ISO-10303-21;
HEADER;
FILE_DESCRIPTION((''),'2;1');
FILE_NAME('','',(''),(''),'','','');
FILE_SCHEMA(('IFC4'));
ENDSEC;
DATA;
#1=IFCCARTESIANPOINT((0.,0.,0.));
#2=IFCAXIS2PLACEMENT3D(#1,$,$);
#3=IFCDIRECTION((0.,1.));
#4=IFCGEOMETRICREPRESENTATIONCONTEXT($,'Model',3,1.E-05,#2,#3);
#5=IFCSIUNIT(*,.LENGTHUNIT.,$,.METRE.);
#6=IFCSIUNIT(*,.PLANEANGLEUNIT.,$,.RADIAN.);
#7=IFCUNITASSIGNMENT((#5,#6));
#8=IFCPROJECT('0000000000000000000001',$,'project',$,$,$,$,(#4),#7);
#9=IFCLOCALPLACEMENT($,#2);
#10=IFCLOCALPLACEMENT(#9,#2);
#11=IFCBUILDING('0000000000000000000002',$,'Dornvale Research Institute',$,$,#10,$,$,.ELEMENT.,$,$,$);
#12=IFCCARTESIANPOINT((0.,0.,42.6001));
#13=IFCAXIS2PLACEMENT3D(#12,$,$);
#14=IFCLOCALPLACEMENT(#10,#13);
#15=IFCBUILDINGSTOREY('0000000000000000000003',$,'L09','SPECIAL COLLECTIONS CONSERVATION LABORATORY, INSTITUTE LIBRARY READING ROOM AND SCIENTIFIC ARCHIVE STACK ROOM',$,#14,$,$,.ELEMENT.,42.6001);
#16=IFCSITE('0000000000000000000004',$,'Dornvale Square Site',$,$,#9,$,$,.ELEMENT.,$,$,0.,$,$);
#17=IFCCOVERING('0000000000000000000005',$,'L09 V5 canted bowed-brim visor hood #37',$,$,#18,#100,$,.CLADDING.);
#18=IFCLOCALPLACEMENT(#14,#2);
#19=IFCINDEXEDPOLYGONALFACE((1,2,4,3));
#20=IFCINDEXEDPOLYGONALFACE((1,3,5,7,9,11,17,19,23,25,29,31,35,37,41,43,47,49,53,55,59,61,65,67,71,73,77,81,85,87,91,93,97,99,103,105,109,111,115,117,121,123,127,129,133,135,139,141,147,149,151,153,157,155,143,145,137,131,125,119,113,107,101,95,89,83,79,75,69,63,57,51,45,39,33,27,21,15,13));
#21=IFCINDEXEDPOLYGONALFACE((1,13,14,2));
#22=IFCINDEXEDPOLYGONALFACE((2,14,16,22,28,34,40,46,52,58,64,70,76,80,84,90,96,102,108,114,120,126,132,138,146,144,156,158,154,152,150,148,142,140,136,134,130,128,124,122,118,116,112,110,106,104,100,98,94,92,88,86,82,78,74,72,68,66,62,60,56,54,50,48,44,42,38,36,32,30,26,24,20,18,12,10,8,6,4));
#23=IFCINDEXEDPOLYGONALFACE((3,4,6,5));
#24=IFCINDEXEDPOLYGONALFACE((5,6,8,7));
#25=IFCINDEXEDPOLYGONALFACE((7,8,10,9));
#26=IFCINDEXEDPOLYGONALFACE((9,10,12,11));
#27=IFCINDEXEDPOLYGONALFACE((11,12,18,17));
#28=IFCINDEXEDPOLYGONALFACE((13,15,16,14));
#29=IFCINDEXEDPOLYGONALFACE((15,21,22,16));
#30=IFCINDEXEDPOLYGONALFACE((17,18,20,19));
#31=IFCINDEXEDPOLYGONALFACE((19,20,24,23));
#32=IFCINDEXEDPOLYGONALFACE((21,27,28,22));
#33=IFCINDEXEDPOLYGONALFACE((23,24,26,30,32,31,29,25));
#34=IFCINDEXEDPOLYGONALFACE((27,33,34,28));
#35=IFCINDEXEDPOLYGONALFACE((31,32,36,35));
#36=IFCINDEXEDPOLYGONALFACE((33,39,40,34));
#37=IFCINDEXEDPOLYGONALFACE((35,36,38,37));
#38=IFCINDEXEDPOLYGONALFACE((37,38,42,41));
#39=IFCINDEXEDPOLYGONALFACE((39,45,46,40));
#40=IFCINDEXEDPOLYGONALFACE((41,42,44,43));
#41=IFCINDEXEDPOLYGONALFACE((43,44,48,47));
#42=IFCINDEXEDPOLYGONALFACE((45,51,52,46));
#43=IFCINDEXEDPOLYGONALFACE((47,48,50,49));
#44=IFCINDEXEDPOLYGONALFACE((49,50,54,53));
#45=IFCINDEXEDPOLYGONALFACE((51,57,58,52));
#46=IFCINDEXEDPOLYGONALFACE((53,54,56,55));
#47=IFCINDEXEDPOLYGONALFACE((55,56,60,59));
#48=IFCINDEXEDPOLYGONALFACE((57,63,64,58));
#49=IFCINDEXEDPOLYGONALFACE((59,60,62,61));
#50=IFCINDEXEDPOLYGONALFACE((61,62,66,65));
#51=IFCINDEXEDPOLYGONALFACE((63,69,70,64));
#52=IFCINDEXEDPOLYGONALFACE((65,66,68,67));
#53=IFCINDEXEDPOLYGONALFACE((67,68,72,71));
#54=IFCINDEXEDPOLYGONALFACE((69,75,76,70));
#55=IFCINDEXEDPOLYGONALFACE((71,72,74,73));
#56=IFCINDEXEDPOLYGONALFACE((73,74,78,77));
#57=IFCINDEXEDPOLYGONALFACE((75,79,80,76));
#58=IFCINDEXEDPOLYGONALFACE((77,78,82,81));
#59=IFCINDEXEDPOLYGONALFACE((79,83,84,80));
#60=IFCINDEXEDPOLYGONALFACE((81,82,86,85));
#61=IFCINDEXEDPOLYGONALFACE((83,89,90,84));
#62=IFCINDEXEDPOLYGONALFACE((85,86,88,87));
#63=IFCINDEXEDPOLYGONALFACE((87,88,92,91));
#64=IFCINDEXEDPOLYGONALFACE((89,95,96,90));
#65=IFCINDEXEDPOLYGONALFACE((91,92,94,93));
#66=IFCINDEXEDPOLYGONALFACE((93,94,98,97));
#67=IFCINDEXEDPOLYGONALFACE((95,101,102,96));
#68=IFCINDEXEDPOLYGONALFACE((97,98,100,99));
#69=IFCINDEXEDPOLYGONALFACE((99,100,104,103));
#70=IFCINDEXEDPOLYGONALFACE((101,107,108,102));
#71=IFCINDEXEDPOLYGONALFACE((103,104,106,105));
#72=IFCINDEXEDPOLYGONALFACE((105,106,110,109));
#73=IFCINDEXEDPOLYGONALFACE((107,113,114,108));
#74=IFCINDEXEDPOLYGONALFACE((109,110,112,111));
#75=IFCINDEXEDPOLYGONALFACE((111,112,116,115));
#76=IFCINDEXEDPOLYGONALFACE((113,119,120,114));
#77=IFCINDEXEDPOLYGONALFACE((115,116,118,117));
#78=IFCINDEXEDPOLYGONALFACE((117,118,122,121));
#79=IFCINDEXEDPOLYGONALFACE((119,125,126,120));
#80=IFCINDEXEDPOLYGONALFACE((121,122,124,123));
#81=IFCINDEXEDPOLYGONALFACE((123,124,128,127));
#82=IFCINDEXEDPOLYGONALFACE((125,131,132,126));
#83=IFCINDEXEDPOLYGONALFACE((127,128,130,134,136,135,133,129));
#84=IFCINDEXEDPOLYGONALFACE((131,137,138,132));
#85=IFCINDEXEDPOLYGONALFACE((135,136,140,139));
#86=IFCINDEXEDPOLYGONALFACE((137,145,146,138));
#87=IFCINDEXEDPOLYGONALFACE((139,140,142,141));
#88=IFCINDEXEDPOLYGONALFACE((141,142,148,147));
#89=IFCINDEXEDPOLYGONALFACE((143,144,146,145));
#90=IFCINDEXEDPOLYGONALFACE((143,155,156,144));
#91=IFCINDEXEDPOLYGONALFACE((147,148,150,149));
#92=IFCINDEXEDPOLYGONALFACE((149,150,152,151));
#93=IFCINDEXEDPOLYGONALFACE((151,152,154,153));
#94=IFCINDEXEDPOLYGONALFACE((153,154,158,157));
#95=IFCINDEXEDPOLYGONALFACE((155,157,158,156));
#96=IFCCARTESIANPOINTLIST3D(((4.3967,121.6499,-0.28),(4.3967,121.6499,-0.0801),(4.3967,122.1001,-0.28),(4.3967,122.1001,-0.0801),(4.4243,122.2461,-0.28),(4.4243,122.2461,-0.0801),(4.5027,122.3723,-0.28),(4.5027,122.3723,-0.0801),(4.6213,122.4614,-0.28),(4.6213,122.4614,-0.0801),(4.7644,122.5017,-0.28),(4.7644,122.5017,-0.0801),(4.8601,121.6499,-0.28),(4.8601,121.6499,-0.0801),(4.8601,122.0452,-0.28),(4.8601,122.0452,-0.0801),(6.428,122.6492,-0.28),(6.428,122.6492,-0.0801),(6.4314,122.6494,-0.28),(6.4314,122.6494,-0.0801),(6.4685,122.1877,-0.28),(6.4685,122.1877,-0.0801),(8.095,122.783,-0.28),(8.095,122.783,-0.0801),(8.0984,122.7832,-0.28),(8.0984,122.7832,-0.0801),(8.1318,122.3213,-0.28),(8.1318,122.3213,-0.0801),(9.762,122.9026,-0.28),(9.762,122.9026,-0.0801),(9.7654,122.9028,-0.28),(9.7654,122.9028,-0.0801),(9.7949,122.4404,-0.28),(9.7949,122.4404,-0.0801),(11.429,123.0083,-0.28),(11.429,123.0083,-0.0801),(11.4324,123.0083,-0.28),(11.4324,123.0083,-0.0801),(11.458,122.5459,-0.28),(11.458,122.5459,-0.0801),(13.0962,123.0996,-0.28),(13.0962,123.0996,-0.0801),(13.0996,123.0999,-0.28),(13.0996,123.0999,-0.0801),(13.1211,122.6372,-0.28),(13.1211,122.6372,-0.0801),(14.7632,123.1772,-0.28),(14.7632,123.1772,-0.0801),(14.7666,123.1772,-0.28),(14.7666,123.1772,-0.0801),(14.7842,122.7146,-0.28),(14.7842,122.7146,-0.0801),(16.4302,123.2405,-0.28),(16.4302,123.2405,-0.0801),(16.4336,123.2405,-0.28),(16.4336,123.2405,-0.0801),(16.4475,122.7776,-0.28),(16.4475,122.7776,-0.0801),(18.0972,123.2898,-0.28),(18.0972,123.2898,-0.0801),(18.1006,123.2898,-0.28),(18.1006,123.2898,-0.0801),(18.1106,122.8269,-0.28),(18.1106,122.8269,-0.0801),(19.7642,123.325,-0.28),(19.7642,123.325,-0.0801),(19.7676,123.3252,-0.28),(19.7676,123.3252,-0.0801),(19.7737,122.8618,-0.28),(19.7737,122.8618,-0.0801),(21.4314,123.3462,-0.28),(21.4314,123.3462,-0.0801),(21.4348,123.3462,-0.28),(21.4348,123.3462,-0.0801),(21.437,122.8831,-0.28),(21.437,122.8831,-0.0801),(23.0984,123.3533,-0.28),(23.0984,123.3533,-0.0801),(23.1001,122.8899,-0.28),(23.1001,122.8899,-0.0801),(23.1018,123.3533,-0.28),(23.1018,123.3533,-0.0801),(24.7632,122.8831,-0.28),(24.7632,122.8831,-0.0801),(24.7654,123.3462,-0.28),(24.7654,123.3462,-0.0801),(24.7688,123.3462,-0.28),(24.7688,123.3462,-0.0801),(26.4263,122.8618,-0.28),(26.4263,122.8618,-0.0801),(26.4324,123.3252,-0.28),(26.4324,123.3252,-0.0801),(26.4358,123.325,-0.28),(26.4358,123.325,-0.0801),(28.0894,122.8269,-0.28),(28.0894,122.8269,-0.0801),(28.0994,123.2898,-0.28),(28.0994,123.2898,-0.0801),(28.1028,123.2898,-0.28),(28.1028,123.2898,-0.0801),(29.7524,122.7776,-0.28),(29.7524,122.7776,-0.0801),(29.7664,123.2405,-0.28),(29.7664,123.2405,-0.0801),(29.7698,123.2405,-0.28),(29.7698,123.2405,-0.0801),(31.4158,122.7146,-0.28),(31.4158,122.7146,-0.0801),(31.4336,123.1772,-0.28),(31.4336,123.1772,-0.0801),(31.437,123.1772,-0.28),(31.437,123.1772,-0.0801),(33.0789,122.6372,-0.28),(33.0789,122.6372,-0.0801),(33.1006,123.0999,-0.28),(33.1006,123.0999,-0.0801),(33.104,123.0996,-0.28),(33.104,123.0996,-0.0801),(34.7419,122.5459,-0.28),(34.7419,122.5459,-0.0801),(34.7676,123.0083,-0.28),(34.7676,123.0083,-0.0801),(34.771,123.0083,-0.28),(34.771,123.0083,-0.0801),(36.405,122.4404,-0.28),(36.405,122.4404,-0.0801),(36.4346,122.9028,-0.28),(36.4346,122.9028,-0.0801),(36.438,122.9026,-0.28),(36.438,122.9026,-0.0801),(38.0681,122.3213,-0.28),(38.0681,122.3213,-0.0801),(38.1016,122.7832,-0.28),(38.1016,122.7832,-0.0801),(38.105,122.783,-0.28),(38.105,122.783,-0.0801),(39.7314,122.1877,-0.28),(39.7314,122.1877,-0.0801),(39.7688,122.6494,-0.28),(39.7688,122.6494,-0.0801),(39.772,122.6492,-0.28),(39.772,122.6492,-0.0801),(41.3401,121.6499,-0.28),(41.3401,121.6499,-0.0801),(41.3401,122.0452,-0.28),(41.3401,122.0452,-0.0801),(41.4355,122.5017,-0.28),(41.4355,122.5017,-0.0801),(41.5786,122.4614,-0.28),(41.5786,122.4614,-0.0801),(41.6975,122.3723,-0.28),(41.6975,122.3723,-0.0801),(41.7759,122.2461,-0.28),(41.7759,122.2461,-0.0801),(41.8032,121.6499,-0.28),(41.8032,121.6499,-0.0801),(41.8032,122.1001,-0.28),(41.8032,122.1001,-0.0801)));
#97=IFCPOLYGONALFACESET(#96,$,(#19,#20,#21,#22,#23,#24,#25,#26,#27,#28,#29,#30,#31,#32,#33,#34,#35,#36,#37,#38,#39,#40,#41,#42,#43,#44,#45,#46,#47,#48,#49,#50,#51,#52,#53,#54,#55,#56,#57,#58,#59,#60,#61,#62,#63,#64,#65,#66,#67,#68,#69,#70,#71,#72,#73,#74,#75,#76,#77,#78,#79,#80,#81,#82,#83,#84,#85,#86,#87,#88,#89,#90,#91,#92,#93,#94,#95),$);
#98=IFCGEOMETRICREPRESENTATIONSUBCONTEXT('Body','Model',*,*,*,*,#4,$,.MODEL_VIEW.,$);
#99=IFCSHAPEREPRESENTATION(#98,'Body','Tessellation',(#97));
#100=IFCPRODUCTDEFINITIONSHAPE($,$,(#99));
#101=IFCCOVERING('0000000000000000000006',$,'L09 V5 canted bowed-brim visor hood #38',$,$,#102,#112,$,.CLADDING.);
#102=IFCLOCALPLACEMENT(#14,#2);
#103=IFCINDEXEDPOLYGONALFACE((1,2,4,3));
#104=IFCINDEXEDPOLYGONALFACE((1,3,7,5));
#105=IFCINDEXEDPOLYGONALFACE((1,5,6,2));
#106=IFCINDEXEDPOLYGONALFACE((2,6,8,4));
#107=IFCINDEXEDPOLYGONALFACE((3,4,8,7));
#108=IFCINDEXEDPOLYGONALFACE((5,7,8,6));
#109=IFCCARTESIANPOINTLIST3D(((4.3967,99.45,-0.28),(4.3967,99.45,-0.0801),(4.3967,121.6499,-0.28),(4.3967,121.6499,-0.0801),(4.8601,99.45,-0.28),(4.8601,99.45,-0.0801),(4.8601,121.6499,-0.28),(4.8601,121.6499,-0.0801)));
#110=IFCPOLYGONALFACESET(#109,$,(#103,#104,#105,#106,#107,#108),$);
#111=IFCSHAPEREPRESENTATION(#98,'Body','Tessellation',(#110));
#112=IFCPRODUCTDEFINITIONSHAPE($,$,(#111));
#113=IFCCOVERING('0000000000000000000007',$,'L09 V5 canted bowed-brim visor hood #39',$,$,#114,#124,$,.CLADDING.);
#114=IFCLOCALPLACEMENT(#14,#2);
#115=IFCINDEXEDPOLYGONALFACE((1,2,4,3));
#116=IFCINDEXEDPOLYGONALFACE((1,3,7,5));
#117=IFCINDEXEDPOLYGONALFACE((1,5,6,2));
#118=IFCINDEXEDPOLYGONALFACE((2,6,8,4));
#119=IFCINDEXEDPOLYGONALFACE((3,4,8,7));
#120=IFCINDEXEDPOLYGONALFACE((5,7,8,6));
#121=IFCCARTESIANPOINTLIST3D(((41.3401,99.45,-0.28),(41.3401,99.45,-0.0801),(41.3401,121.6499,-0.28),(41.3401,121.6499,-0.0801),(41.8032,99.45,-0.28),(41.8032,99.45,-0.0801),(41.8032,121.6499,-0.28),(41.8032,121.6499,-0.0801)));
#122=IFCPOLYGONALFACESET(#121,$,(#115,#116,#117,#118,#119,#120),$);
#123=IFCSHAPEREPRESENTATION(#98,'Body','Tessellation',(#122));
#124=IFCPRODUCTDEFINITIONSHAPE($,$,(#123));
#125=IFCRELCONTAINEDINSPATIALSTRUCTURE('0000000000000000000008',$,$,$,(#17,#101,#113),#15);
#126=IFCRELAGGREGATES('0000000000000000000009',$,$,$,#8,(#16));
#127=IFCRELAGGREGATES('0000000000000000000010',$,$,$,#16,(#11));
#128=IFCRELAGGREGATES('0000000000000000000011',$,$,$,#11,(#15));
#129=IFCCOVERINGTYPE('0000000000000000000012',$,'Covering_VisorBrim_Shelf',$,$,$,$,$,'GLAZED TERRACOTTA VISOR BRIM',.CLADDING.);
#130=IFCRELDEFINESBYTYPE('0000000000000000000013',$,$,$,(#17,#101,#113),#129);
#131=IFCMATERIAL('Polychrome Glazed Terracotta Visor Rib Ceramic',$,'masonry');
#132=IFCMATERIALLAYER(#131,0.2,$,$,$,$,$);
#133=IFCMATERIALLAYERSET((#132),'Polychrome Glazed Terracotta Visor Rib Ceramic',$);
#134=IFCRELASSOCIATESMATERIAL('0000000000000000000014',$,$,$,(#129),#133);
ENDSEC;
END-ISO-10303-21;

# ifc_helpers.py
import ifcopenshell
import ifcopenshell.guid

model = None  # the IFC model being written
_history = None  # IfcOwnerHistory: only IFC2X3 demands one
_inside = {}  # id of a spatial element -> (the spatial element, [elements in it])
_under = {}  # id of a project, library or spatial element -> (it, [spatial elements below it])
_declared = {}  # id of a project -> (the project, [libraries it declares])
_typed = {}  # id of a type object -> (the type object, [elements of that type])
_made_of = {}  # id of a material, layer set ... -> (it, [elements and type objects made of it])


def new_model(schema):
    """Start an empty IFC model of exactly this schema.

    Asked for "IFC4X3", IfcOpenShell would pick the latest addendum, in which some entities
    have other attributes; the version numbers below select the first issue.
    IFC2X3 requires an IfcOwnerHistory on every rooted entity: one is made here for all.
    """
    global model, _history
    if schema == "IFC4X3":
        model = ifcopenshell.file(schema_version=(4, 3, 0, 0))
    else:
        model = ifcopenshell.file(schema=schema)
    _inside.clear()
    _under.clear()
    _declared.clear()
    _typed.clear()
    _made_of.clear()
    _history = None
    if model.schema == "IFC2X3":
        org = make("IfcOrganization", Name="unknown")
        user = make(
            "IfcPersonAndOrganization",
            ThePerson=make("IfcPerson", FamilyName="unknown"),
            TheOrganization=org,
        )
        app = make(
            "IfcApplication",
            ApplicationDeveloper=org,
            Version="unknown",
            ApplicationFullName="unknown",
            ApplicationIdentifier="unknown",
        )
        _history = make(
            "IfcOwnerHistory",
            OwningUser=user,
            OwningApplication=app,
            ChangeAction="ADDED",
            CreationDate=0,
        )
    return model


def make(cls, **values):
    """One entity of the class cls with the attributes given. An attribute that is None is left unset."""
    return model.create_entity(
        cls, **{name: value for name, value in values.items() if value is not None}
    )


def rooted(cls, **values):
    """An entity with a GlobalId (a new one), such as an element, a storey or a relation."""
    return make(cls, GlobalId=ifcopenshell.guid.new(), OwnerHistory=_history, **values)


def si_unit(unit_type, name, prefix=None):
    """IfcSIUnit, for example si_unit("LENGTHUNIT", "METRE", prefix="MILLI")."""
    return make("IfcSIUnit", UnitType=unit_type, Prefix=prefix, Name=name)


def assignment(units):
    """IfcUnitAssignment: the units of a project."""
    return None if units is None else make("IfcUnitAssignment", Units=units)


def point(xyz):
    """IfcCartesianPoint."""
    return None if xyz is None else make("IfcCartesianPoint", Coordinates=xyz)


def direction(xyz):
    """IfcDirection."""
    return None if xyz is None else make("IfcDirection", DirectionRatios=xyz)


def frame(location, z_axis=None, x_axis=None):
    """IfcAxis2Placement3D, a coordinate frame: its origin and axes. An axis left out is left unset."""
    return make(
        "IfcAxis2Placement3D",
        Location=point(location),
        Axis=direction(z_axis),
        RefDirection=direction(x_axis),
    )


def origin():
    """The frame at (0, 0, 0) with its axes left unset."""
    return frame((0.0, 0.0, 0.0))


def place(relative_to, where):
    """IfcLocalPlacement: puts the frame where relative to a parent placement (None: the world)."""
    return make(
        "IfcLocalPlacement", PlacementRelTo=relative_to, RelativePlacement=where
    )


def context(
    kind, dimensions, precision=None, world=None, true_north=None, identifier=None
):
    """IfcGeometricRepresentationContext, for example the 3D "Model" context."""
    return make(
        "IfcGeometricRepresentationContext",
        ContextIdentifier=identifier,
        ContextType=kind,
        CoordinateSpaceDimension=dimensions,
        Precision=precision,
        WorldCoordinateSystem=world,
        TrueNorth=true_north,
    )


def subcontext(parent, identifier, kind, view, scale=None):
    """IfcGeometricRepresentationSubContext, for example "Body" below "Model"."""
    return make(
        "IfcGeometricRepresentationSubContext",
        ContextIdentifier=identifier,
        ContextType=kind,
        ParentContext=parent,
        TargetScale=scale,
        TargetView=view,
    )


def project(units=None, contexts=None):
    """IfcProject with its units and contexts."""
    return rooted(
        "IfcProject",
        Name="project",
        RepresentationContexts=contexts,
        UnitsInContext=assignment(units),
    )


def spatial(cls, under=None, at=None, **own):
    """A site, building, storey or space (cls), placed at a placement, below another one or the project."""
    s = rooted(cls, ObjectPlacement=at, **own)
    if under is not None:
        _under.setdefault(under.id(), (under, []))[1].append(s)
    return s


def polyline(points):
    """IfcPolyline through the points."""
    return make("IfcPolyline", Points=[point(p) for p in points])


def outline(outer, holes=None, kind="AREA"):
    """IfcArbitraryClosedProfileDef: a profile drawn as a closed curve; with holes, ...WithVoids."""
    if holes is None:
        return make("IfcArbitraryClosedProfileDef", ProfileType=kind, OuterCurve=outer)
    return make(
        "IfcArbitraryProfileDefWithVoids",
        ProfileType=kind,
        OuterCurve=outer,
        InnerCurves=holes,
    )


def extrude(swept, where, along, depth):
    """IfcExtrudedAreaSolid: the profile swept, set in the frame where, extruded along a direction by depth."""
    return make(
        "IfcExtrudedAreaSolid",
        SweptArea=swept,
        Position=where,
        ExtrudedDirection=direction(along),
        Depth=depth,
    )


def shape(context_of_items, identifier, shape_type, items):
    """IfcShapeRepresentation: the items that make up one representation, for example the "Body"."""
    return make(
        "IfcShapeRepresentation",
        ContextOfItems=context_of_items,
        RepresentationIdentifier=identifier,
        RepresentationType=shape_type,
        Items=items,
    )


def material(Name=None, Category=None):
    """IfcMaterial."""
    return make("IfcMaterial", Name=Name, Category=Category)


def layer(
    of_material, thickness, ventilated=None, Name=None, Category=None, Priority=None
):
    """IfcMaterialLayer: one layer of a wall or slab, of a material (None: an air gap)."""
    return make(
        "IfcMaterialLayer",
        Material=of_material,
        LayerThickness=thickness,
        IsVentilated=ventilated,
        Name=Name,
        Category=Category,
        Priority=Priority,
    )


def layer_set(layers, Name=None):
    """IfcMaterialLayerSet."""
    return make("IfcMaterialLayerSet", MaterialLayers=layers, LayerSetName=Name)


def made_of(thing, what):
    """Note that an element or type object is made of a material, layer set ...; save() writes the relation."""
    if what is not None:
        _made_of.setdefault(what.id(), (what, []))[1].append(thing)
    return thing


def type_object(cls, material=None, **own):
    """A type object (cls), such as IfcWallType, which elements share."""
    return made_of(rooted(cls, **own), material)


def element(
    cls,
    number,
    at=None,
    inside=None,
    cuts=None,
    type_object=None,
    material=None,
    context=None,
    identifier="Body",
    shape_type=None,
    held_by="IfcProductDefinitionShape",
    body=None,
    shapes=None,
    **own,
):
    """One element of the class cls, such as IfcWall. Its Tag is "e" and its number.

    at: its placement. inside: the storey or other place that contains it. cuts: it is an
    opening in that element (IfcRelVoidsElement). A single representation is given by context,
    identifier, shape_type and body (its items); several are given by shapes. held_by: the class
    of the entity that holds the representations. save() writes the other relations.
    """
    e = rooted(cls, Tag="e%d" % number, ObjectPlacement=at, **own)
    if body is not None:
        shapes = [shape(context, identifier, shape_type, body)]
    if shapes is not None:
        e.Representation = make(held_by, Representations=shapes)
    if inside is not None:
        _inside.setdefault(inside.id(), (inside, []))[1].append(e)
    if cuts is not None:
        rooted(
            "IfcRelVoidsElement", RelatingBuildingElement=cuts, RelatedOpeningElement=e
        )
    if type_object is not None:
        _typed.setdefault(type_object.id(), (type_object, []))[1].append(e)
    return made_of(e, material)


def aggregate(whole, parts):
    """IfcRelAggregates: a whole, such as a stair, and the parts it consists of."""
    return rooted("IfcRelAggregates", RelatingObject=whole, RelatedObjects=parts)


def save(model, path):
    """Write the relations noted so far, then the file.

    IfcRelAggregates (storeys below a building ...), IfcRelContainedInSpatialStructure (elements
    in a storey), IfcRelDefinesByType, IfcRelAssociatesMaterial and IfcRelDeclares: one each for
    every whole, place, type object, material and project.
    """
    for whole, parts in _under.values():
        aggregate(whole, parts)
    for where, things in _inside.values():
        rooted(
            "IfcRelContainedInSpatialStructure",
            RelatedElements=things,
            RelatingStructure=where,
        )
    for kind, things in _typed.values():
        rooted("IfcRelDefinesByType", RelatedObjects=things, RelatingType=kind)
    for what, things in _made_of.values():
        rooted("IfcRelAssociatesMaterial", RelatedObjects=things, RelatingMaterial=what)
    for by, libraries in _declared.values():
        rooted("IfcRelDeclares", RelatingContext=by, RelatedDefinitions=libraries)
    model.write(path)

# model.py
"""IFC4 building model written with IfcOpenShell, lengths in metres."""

from ifc_helpers import new_model, si_unit, direction, frame, origin, place, context, subcontext, project, spatial, polyline, outline, extrude, material, layer, layer_set, type_object, element, save


model = new_model("IFC4")

# Units and contexts
model_context = context("Model", 3, precision=1e-05, world=origin(), true_north=direction((0.0, 1.0)))
body_context = subcontext(model_context, "Body", "Model", "MODEL_VIEW")
ifc_project = project(units=[si_unit("LENGTHUNIT", "METRE"), si_unit("PLANEANGLEUNIT", "RADIAN")], contexts=[model_context])

# Site, building, storey
site_placement = place(None, origin())
site = spatial("IfcSite", under=ifc_project, at=site_placement, Name="Dornvale Square Site", CompositionType="ELEMENT", RefElevation=0.0)
building_placement = place(site_placement, origin())
building = spatial("IfcBuilding", under=site, at=building_placement, Name="Dornvale Research Institute", CompositionType="ELEMENT")
storey_placement = place(building_placement, frame((0.0, 0.0, 42.6001)))
storey = spatial("IfcBuildingStorey", under=building, at=storey_placement, Name="L09", Description="SPECIAL COLLECTIONS CONSERVATION LABORATORY, INSTITUTE LIBRARY READING ROOM AND SCIENTIFIC ARCHIVE STACK ROOM", CompositionType="ELEMENT", Elevation=42.6001)

# Coverings
ifc_material_1 = material(Name="Polychrome Glazed Terracotta Visor Rib Ceramic", Category="masonry")
ifc_layer_1 = layer(ifc_material_1, 0.2)
ifc_layer_set_1 = layer_set([ifc_layer_1], Name="Polychrome Glazed Terracotta Visor Rib Ceramic")
covering_type_1 = type_object("IfcCoveringType", Name="Covering_VisorBrim_Shelf", ElementType="GLAZED TERRACOTTA VISOR BRIM", PredefinedType="CLADDING", material=ifc_layer_set_1)
covering_1_placement = place(storey_placement, frame((0.0, 0.0, -0.28)))
element("IfcCovering", 1, at=covering_1_placement, inside=storey, type_object=covering_type_1, Name="L09 V5 canted bowed-brim visor hood #37", PredefinedType="CLADDING", context=body_context, shape_type="SweptSolid", body=[
    extrude(outline(polyline([(4.4243, 122.2461), (4.5027, 122.3723), (4.6213, 122.4614), (4.7644, 122.5017), (6.428, 122.6492), (6.4314, 122.6494), (8.095, 122.783), (8.0984, 122.7832), (9.762, 122.9026), (9.7654, 122.9028), (11.429, 123.0083), (11.4324, 123.0083), (13.0962, 123.0996), (13.0996, 123.0999), (14.7632, 123.1772), (14.7666, 123.1772), (16.4302, 123.2405), (16.4336, 123.2405), (18.0972, 123.2898), (18.1006, 123.2898), (19.7642, 123.325), (19.7676, 123.3252), (21.4314, 123.3462), (21.4348, 123.3462), (23.0984, 123.3533), (23.1018, 123.3533), (24.7654, 123.3462), (24.7688, 123.3462), (26.4324, 123.3252), (26.4358, 123.325), (28.0994, 123.2898), (28.1028, 123.2898), (29.7664, 123.2405), (29.7698, 123.2405), (31.4336, 123.1772), (31.437, 123.1772), (33.1006, 123.0999), (33.104, 123.0996), (34.7676, 123.0083), (34.771, 123.0083), (36.4346, 122.9028), (36.438, 122.9026), (38.1016, 122.7832), (38.105, 122.783), (39.7688, 122.6494), (39.772, 122.6492), (41.4355, 122.5017), (41.5786, 122.4614), (41.6975, 122.3723), (41.7759, 122.2461), (41.8032, 122.1001), (41.8032, 121.6499), (41.3401, 121.6499), (41.3401, 122.0452), (39.7314, 122.1877), (38.0681, 122.3213), (36.405, 122.4404), (34.7419, 122.5459), (33.0789, 122.6372), (31.4158, 122.7146), (29.7524, 122.7776), (28.0894, 122.8269), (26.4263, 122.8618), (24.7632, 122.8831), (23.1001, 122.8899), (21.437, 122.8831), (19.7737, 122.8618), (18.1106, 122.8269), (16.4475, 122.7776), (14.7842, 122.7146), (13.1211, 122.6372), (11.458, 122.5459), (9.7949, 122.4404), (8.1318, 122.3213), (6.4685, 122.1877), (4.8601, 122.0452), (4.8601, 121.6499), (4.3967, 121.6499), (4.3967, 122.1001), (4.4243, 122.2461)])), origin(), (0.0, 0.0, 1.0), 0.2),
])
covering_2_placement = place(storey_placement, frame((0.0, 0.0, -0.28)))
element("IfcCovering", 2, at=covering_2_placement, inside=storey, type_object=covering_type_1, Name="L09 V5 canted bowed-brim visor hood #38", PredefinedType="CLADDING", context=body_context, shape_type="SweptSolid", body=[
    extrude(outline(polyline([(4.3967, 121.6499), (4.8601, 121.6499), (4.8601, 99.45), (4.3967, 99.45), (4.3967, 121.6499)])), origin(), (0.0, 0.0, 1.0), 0.2),
])
covering_3_placement = place(storey_placement, frame((0.0, 0.0, -0.28)))
element("IfcCovering", 3, at=covering_3_placement, inside=storey, type_object=covering_type_1, Name="L09 V5 canted bowed-brim visor hood #39", PredefinedType="CLADDING", context=body_context, shape_type="SweptSolid", body=[
    extrude(outline(polyline([(41.8032, 99.45), (41.3401, 99.45), (41.3401, 121.6499), (41.8032, 121.6499), (41.8032, 99.45)])), origin(), (0.0, 0.0, 1.0), 0.2),
])

save(model, "model.ifc")
